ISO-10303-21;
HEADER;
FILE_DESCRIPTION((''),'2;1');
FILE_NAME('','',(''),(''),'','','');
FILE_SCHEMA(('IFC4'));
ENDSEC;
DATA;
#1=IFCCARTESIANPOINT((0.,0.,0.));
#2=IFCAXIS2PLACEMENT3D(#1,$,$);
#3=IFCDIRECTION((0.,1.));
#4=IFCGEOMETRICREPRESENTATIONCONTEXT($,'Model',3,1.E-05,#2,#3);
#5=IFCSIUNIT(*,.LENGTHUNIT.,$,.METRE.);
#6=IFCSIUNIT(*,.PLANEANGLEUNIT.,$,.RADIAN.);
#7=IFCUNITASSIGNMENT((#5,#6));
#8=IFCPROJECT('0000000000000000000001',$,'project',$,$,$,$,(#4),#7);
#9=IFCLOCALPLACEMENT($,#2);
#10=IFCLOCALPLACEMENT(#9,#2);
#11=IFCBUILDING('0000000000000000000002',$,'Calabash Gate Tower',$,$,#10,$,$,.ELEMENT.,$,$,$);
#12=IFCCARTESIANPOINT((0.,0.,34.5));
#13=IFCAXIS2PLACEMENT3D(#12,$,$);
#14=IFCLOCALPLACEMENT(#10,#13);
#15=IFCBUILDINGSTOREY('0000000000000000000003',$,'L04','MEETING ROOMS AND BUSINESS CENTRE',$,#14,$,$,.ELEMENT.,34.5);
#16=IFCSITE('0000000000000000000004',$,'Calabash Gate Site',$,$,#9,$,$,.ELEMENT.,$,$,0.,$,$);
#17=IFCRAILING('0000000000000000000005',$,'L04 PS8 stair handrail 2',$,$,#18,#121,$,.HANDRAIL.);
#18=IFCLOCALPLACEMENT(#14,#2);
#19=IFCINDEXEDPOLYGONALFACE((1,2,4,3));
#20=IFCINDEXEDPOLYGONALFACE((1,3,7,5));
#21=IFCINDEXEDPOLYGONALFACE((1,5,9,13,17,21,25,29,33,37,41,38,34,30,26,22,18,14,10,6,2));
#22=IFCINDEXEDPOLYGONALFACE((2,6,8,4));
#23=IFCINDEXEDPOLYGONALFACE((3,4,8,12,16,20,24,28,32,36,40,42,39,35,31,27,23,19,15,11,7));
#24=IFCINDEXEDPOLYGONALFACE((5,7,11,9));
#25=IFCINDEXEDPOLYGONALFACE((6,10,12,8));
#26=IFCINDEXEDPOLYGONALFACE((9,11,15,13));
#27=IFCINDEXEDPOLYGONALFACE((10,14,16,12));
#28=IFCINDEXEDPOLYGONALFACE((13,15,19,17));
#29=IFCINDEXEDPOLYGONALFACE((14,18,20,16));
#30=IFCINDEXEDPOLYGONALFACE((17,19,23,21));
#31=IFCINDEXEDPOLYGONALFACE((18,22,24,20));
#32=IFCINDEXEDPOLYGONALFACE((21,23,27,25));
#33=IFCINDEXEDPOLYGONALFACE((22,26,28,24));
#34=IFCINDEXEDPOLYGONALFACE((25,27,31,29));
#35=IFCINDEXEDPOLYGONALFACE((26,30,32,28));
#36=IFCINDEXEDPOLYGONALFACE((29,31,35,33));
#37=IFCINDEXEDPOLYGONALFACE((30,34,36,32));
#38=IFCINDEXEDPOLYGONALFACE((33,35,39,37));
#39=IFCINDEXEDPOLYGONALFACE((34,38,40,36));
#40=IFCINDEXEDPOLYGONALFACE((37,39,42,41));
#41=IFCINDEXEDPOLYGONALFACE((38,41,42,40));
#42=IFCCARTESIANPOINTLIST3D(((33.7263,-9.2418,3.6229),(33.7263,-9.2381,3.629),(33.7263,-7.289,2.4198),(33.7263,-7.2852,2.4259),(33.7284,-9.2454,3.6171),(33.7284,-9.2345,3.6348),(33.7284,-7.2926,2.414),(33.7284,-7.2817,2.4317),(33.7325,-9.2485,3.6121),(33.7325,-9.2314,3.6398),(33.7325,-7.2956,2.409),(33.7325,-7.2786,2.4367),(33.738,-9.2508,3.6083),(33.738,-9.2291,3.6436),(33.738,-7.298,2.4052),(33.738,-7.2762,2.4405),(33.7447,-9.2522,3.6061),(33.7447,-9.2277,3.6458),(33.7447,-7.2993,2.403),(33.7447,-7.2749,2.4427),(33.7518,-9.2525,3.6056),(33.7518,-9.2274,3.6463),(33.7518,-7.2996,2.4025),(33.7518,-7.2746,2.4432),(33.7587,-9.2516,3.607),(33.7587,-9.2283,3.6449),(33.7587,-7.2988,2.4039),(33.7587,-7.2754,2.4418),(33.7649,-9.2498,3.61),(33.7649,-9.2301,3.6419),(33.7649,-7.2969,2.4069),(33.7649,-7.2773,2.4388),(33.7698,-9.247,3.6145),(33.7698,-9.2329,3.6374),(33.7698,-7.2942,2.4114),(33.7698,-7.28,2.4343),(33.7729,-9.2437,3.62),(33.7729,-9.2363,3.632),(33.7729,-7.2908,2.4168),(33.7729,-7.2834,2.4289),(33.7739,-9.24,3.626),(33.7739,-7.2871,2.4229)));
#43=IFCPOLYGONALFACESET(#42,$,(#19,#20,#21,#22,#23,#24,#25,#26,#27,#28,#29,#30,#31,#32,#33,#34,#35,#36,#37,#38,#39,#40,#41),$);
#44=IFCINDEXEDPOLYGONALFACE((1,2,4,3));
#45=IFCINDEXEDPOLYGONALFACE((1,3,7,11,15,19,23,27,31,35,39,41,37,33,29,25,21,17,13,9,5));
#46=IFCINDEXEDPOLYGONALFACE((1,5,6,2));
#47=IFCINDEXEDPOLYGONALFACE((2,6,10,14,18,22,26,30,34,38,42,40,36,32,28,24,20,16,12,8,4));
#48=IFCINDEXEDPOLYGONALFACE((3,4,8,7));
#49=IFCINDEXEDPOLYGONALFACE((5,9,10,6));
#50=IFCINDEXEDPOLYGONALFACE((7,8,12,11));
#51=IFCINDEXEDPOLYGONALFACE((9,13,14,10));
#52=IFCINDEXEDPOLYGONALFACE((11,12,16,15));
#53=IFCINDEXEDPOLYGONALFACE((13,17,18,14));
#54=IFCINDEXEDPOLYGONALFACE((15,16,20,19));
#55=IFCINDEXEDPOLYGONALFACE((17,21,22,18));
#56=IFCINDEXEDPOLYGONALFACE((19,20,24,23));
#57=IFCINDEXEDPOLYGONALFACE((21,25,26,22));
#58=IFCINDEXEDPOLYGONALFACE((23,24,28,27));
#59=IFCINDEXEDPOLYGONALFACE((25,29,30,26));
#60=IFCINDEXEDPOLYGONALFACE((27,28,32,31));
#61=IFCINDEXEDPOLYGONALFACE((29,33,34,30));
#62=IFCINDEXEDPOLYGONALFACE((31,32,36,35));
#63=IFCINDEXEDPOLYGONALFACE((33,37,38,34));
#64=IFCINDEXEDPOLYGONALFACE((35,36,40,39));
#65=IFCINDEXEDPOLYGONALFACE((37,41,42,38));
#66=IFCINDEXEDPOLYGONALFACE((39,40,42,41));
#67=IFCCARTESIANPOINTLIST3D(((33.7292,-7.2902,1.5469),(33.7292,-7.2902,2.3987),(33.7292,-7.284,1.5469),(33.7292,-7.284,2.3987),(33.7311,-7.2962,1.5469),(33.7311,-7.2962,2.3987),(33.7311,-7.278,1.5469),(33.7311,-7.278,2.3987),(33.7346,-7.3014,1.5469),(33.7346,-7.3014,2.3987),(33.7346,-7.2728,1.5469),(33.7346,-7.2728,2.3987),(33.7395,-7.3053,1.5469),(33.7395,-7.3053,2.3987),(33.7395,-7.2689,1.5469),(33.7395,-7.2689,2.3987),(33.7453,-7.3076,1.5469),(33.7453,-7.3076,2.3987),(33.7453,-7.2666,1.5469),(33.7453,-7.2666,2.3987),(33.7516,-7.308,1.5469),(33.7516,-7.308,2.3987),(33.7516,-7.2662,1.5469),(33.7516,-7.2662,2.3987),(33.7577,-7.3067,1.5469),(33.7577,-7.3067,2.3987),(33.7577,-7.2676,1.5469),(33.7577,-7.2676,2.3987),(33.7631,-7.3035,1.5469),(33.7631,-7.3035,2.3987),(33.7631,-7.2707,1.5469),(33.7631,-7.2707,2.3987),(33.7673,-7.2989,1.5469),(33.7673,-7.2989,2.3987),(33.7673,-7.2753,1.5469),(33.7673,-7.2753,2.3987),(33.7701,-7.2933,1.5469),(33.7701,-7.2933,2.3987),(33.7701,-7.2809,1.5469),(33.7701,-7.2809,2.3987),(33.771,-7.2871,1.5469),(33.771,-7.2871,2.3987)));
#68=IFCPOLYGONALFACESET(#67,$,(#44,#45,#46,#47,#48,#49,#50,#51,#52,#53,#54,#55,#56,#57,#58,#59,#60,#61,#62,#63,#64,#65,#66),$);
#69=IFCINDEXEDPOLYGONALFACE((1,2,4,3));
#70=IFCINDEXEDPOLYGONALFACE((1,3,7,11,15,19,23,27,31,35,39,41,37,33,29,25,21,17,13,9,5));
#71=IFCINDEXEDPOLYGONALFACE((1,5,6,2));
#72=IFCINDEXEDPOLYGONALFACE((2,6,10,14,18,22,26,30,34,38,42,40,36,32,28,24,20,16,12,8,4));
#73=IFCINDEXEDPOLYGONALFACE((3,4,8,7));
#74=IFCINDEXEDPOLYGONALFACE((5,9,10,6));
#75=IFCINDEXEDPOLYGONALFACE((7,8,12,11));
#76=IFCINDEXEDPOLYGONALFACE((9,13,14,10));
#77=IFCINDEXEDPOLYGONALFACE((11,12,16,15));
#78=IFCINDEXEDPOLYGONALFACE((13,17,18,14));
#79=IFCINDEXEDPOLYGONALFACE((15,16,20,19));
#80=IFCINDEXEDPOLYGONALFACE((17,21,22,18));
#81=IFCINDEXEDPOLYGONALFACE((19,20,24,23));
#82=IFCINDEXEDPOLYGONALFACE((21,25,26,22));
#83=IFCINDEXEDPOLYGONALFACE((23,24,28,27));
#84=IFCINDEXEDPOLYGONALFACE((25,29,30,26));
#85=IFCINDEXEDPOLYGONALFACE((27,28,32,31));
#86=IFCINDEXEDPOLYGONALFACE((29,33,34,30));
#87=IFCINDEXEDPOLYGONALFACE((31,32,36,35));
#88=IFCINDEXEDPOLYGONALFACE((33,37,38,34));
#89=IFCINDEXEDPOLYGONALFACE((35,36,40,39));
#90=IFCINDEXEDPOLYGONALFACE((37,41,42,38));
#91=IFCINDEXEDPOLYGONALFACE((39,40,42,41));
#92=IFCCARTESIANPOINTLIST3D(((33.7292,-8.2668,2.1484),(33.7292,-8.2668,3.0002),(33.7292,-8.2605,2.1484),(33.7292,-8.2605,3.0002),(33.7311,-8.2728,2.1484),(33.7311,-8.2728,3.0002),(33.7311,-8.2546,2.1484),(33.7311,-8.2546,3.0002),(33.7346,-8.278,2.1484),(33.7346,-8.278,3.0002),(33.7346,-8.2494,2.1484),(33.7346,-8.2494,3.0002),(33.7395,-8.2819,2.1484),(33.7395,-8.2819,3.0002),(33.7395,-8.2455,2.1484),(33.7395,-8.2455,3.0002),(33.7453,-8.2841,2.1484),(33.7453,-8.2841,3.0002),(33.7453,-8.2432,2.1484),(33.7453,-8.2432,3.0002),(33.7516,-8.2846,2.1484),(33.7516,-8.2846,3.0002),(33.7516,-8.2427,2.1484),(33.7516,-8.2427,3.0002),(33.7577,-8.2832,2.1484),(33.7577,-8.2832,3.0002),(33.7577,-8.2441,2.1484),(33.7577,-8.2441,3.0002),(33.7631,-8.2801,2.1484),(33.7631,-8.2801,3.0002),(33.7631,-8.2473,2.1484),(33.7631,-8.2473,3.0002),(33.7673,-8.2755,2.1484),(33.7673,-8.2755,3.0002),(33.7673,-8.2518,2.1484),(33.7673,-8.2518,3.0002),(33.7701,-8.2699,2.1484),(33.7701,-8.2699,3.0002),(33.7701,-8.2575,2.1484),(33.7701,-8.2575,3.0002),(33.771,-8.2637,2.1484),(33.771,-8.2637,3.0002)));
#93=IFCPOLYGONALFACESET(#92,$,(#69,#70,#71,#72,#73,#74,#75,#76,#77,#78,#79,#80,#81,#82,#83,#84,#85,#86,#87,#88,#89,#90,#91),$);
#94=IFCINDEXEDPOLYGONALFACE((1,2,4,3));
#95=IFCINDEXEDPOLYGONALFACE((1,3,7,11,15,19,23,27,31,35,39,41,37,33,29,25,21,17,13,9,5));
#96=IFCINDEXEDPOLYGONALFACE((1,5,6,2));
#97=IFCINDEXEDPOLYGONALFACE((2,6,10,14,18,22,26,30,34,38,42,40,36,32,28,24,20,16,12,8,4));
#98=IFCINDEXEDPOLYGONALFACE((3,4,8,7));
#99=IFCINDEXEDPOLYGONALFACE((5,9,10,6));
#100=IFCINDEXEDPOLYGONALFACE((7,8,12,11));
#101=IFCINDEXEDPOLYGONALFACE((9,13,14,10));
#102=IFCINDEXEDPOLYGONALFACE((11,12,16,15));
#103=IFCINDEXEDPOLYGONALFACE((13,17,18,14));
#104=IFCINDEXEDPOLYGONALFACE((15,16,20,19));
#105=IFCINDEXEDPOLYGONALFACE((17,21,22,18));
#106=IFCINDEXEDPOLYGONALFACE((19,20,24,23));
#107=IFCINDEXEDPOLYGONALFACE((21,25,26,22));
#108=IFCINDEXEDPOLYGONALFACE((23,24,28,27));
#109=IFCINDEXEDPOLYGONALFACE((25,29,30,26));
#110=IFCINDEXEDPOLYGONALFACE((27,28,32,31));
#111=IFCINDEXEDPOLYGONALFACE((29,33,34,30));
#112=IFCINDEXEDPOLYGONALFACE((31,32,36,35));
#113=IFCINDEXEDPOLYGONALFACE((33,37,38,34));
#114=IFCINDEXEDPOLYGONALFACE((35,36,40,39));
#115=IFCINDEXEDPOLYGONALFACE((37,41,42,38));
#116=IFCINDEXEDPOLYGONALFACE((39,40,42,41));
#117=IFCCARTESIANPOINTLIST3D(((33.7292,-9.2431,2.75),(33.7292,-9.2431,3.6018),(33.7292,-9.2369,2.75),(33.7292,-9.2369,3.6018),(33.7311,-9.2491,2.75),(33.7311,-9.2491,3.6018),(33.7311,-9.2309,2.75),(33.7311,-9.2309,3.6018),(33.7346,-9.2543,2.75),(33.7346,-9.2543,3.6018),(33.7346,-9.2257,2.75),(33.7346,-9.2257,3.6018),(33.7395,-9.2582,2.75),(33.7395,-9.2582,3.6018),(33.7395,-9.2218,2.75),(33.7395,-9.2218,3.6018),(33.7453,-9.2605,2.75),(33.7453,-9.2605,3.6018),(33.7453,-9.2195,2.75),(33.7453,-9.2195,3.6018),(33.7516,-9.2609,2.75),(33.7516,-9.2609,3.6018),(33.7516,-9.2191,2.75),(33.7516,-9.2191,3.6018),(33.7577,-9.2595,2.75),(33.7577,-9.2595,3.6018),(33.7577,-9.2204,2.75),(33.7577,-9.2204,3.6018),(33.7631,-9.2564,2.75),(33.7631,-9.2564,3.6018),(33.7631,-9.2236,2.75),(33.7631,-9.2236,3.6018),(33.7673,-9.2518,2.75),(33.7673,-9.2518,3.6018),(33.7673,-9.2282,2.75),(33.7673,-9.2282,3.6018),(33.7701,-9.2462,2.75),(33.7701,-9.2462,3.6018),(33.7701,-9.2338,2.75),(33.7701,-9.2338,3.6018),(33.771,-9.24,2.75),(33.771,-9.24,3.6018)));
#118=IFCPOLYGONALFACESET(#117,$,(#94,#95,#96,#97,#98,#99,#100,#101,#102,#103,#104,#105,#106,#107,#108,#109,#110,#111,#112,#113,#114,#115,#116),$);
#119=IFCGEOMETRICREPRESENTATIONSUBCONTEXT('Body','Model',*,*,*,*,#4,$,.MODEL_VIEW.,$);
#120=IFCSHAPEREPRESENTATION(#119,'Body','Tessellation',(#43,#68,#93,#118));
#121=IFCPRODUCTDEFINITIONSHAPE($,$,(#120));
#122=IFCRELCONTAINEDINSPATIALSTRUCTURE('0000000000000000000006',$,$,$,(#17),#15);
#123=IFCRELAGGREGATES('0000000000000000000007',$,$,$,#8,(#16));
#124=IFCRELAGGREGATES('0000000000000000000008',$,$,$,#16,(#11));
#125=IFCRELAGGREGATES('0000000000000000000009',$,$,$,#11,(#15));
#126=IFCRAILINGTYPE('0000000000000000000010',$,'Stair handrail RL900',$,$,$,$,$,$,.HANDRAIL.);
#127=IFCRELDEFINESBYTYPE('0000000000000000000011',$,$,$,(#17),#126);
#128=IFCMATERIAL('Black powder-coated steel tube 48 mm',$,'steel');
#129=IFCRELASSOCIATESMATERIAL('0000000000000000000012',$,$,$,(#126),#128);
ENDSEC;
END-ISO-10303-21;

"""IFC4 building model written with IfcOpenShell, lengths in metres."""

from ifc_helpers import new_model, si_unit, direction, frame, origin, origin_2d, place, context, subcontext, project, spatial, circle, extrude, material, type_object, element, save


model = new_model("IFC4")

# Units and contexts
model_context = context("Model", 3, precision=1e-05, world=origin(), true_north=direction((0.0, 1.0)))
body_context = subcontext(model_context, "Body", "Model", "MODEL_VIEW")
ifc_project = project(units=[si_unit("LENGTHUNIT", "METRE"), si_unit("PLANEANGLEUNIT", "RADIAN")], contexts=[model_context])

# Site, building, storey
site_placement = place(None, origin())
site = spatial("IfcSite", under=ifc_project, at=site_placement, Name="Calabash Gate Site", CompositionType="ELEMENT", RefElevation=0.0)
building_placement = place(site_placement, origin())
building = spatial("IfcBuilding", under=site, at=building_placement, Name="Calabash Gate Tower", CompositionType="ELEMENT")
storey_placement = place(building_placement, frame((0.0, 0.0, 34.5)))
storey = spatial("IfcBuildingStorey", under=building, at=storey_placement, Name="L04", Description="MEETING ROOMS AND BUSINESS CENTRE", CompositionType="ELEMENT", Elevation=34.5)

# Railing
ifc_material_1 = material(Name="Black powder-coated steel tube 48 mm", Category="steel")
railing_type_1 = type_object("IfcRailingType", Name="Stair handrail RL900", PredefinedType="HANDRAIL", material=ifc_material_1)
railing_1_placement = place(storey_placement, frame((33.75, -7.2871, 1.5469)))
element("IfcRailing", 1, at=railing_1_placement, inside=storey, type_object=railing_type_1, Name="L04 PS8 stair handrail 2", PredefinedType="HANDRAIL", context=body_context, shape_type="SweptSolid", body=[
    extrude(circle(Radius=0.0239, at=origin_2d()), frame((0.0, 0.0, 0.876), z_axis=(0.0, -0.851395, 0.524525), x_axis=(1.0, 0.0, 0.0)), (0.0, 0.0, 1.0), 2.2937),
    extrude(circle(Radius=0.021, at=origin_2d()), origin(), (0.0, 0.0, 1.0), 0.8518),
    extrude(circle(Radius=0.021, at=origin_2d()), frame((0.0, -0.9766, 0.6016)), (0.0, 0.0, 1.0), 0.8518),
    extrude(circle(Radius=0.021, at=origin_2d()), frame((0.0, -1.9529, 1.2031)), (0.0, 0.0, 1.0), 0.8518),
])

save(model, "model.ifc")
